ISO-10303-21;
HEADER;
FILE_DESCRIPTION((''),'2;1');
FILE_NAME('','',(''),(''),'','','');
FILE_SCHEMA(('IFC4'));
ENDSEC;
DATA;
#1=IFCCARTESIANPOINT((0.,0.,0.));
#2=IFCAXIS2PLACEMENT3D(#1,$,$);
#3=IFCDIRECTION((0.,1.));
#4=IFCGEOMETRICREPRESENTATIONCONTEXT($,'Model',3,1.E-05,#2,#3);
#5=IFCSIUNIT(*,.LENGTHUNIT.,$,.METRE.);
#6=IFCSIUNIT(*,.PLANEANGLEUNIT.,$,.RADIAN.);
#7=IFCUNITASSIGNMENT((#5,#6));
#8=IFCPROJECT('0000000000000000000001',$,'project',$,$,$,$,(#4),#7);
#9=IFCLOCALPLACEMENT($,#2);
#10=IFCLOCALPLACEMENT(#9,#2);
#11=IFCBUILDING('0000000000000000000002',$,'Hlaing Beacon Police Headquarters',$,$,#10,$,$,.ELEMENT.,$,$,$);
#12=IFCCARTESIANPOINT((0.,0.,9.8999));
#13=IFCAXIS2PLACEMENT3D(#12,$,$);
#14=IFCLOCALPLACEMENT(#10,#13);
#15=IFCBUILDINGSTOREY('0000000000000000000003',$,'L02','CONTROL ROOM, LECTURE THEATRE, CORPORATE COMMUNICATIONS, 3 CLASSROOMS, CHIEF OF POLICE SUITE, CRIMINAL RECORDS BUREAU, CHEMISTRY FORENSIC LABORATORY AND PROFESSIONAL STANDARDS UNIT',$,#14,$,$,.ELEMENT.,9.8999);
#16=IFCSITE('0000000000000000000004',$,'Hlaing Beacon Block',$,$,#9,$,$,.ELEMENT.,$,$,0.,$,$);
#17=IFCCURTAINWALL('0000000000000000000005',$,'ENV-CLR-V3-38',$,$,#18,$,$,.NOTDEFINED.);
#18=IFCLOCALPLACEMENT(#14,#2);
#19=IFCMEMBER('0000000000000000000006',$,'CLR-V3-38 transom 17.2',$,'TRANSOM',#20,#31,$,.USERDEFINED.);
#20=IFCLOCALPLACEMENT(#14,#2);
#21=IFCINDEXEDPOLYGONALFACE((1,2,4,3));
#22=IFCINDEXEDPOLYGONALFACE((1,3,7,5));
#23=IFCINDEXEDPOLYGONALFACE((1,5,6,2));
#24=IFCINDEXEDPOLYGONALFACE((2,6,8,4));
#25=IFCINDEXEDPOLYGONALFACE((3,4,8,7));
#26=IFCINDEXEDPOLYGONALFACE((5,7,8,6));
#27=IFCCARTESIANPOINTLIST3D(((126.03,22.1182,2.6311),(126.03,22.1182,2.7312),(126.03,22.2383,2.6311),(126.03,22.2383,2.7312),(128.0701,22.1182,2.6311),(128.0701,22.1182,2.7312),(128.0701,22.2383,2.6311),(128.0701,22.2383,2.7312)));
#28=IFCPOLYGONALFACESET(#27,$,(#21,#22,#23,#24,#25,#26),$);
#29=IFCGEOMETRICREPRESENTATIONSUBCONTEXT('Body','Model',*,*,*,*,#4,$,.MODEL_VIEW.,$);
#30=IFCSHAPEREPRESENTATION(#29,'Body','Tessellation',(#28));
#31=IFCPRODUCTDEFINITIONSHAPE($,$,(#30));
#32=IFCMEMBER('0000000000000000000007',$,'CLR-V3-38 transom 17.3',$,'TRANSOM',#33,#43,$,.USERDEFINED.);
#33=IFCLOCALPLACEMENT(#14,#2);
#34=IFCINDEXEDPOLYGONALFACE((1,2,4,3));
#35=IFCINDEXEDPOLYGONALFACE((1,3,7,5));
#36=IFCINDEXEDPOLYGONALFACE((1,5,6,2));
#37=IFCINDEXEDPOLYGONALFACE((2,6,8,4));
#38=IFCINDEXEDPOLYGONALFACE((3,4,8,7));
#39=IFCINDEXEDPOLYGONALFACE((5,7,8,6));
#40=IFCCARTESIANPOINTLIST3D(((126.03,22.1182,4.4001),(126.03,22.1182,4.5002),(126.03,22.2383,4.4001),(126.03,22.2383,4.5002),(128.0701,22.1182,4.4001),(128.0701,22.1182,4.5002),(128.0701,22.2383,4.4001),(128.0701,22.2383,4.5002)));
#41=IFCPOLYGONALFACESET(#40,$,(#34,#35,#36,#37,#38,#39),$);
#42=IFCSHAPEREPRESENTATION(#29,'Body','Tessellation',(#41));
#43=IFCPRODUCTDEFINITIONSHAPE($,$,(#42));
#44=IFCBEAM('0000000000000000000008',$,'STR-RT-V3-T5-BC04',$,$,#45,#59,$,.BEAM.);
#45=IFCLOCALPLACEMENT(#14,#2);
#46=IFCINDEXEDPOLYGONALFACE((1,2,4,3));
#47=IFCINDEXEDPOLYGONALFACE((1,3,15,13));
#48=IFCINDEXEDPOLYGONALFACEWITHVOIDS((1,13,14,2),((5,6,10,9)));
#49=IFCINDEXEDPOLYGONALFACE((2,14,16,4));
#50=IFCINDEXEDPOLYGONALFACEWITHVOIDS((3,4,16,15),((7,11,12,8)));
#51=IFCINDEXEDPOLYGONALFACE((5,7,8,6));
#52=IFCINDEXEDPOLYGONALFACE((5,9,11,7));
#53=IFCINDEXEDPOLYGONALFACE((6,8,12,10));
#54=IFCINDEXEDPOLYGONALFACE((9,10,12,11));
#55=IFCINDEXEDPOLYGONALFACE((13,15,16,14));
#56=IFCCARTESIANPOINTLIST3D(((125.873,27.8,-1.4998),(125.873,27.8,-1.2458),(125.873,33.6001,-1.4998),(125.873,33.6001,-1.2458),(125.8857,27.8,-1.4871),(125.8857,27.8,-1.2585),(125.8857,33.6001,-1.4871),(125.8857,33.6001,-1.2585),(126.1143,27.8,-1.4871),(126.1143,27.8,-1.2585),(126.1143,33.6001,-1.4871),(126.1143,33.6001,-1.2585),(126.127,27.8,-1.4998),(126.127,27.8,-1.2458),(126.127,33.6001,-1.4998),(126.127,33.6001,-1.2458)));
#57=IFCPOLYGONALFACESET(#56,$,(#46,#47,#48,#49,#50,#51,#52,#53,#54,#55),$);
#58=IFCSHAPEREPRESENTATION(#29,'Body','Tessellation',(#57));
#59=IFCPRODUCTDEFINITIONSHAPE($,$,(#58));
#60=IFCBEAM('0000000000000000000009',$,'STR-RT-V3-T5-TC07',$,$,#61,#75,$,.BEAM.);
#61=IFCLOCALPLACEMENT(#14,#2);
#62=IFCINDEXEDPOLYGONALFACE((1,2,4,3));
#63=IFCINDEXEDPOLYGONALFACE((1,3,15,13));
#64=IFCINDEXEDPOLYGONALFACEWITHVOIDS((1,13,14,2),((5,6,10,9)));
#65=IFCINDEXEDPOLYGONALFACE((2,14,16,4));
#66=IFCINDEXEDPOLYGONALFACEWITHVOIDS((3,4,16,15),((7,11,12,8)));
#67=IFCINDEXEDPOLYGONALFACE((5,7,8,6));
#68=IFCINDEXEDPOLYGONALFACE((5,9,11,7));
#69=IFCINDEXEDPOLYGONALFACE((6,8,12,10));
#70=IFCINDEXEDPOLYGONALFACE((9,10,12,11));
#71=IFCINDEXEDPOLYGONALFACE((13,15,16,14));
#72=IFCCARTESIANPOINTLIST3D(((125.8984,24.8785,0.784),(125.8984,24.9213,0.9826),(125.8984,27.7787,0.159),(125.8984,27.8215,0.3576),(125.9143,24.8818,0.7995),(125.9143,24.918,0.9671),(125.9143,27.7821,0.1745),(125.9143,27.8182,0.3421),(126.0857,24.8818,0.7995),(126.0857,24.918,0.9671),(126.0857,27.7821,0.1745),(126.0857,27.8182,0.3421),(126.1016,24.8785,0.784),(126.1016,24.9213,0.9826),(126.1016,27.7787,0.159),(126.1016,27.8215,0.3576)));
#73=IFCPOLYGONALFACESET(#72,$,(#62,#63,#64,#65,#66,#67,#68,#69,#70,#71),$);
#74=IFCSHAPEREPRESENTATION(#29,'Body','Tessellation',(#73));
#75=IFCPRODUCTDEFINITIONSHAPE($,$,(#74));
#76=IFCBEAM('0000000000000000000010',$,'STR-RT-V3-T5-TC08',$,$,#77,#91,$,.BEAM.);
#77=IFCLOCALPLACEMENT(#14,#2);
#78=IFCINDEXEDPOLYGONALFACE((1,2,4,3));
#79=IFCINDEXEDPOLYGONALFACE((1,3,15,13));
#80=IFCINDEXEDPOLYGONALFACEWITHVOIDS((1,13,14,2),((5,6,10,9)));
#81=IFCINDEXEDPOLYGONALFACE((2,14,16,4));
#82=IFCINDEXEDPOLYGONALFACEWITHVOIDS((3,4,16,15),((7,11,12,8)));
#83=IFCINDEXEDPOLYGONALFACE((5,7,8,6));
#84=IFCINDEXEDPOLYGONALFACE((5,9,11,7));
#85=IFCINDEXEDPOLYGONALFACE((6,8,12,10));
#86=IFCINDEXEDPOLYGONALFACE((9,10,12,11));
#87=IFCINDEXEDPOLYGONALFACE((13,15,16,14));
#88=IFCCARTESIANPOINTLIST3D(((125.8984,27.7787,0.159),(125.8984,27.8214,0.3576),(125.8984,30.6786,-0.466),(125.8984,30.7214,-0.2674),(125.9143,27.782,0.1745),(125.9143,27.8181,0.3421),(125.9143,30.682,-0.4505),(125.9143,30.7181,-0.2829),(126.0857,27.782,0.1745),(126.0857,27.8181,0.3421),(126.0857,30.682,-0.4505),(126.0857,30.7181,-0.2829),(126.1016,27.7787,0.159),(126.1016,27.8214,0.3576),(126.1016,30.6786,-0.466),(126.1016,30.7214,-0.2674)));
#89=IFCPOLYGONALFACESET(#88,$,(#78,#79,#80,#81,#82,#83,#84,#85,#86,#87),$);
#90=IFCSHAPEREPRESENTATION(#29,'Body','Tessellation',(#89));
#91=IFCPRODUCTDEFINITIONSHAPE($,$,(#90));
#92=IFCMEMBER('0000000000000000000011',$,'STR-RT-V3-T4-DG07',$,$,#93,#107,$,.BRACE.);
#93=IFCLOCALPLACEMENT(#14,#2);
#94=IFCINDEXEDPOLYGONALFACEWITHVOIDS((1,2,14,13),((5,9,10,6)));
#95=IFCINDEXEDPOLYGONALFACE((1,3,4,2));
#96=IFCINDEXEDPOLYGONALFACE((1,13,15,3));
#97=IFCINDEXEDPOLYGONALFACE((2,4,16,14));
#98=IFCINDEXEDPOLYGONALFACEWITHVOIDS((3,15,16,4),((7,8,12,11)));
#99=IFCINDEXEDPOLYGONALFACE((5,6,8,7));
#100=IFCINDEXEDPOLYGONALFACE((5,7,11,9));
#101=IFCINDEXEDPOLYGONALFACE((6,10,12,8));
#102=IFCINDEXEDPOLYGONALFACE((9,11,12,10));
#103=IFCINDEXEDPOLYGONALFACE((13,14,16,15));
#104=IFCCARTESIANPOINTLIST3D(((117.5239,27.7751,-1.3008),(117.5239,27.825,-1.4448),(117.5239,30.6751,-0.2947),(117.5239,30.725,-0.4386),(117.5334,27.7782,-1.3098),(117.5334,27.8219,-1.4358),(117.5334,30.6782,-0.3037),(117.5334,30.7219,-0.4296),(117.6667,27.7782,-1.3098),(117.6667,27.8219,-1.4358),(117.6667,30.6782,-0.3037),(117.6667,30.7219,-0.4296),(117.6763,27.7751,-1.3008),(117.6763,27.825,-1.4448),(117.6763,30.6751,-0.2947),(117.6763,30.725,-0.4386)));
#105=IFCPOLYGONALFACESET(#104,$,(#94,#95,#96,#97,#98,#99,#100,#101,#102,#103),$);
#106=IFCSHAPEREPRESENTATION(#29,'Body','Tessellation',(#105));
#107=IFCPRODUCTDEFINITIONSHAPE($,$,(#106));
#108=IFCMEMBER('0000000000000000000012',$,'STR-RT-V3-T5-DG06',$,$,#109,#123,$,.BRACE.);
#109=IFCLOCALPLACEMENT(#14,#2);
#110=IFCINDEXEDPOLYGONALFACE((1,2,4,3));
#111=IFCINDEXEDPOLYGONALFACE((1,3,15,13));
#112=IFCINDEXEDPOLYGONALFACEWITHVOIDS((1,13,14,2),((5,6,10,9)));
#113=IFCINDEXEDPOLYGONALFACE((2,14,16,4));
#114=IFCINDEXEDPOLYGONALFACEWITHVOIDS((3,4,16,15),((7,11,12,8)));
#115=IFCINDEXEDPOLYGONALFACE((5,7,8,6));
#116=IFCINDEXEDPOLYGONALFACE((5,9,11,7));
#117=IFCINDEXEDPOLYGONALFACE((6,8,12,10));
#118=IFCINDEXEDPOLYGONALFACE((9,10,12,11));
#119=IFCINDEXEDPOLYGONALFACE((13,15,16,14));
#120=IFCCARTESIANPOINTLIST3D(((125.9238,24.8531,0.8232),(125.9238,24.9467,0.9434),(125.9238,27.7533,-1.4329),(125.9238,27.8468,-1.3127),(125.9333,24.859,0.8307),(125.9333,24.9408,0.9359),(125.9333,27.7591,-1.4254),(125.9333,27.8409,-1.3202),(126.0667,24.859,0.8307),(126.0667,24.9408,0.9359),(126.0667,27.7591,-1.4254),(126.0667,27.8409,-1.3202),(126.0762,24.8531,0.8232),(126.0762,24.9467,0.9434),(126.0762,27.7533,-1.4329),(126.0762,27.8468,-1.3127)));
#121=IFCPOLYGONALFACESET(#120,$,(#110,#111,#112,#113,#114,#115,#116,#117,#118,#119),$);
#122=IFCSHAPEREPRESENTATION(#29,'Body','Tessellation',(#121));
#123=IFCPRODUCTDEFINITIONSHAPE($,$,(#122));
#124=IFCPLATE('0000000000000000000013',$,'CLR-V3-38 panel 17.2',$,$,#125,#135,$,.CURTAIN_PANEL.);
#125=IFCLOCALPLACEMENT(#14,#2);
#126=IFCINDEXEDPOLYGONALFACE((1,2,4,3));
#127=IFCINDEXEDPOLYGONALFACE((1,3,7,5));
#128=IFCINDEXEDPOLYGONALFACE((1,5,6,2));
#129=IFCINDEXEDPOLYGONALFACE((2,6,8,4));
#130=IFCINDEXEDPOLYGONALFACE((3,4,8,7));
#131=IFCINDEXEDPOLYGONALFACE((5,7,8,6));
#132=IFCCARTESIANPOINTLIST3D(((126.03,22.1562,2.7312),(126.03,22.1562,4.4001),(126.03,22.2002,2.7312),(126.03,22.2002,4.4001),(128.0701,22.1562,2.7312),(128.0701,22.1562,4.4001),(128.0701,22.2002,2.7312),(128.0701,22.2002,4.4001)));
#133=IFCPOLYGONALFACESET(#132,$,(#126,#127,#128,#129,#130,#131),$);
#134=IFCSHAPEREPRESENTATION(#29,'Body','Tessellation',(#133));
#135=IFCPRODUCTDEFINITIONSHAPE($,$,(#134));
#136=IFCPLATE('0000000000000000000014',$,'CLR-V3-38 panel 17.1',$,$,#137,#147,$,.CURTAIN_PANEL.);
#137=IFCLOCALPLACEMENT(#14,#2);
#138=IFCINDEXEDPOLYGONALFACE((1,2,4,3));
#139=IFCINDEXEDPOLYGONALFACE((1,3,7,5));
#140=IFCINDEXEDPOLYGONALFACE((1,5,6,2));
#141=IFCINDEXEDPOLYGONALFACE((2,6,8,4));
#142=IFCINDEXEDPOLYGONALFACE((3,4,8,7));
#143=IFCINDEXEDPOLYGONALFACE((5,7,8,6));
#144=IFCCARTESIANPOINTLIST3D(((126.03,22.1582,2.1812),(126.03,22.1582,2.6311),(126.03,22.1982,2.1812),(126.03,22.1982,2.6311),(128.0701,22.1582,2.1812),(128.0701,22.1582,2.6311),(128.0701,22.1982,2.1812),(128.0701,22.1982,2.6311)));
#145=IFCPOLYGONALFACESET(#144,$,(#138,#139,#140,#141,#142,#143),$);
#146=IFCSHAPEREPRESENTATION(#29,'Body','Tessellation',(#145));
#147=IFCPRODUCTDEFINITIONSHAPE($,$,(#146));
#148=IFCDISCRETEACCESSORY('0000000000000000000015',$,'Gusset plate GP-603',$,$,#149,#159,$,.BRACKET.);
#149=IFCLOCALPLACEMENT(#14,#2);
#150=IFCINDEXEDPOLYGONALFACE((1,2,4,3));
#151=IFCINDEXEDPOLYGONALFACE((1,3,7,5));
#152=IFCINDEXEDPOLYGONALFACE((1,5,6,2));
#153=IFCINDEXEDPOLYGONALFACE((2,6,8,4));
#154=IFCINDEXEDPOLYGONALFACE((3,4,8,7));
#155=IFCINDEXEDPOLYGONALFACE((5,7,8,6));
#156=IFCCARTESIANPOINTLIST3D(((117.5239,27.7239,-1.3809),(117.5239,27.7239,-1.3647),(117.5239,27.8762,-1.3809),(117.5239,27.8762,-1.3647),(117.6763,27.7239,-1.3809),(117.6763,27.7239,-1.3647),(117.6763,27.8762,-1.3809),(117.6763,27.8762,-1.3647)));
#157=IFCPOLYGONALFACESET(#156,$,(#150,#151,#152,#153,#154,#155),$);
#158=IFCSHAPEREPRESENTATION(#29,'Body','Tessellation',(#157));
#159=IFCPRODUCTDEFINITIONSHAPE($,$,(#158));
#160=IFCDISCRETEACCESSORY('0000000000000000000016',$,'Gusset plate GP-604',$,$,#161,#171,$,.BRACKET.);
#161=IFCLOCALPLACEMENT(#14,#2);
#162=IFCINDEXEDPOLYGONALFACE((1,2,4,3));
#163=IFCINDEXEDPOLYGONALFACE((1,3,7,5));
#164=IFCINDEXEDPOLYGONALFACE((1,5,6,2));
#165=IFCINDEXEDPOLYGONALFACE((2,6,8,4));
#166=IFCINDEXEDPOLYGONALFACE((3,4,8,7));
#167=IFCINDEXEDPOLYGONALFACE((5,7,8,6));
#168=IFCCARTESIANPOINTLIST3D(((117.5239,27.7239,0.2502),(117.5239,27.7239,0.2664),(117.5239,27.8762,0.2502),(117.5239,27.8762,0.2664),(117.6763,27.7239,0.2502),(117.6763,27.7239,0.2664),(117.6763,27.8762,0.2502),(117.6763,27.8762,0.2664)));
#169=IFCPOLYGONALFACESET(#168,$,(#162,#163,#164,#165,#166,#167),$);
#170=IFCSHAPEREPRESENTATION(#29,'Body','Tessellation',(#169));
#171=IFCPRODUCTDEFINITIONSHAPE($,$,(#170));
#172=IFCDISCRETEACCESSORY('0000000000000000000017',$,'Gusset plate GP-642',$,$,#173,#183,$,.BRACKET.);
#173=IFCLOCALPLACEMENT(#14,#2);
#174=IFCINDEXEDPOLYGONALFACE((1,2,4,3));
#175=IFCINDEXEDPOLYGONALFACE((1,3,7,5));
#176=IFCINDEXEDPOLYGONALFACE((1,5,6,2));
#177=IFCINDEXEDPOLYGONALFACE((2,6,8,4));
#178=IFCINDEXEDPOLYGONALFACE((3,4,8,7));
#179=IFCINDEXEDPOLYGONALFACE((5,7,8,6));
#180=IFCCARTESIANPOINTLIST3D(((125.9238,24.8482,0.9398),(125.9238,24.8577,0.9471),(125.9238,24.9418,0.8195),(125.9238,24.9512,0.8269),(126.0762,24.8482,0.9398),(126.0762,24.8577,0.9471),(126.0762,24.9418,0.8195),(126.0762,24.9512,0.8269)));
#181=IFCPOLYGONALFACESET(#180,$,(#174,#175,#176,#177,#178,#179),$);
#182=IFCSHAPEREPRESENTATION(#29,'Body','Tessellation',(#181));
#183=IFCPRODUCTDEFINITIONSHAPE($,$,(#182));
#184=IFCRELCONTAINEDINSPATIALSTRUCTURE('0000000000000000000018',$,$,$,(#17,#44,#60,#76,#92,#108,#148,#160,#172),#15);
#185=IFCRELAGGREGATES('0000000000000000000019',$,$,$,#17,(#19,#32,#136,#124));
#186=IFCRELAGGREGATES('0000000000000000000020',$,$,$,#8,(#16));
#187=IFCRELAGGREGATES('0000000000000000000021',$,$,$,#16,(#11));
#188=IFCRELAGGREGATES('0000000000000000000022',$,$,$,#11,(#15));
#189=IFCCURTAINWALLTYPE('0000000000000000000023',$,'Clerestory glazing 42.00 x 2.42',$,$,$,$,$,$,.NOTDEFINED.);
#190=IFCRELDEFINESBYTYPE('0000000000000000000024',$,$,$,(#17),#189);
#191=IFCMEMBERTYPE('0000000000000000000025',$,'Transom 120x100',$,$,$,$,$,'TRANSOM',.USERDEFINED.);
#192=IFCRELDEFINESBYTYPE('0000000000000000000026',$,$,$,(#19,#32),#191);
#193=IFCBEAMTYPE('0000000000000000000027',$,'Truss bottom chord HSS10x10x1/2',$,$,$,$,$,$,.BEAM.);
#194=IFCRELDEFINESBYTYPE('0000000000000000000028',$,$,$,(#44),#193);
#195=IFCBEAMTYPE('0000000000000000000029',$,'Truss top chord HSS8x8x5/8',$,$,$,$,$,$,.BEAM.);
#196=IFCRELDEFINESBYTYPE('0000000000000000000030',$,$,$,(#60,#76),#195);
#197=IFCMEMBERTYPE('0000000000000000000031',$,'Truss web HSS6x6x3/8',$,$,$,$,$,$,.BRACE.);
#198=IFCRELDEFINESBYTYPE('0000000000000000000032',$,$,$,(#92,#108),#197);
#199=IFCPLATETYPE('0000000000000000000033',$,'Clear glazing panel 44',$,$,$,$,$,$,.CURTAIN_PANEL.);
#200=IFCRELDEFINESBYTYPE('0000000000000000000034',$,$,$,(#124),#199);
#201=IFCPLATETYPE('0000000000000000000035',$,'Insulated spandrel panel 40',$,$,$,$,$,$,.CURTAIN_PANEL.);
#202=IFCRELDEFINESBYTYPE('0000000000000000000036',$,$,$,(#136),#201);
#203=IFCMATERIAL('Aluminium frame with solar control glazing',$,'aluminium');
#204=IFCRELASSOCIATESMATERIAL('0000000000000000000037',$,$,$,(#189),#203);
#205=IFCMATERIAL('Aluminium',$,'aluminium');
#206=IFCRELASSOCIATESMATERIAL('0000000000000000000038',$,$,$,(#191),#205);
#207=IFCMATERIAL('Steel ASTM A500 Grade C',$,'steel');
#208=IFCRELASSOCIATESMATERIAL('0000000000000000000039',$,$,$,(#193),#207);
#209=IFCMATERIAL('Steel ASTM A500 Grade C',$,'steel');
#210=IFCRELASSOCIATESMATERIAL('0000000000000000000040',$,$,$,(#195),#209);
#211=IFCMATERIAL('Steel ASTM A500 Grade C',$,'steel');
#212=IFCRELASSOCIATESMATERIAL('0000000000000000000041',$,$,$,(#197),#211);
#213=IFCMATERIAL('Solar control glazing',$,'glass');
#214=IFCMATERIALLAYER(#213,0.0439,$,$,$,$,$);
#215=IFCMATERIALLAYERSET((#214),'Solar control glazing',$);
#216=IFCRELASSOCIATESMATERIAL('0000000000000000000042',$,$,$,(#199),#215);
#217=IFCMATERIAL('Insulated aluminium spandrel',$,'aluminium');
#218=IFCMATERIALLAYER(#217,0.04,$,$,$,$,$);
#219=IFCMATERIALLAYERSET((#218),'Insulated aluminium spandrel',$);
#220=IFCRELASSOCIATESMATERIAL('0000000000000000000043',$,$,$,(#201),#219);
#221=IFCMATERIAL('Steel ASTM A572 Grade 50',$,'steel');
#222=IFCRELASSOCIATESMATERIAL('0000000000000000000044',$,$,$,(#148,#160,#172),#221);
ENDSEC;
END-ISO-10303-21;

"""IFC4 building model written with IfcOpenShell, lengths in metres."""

from ifc_helpers import new_model, si_unit, direction, frame, origin, origin_2d, place, context, subcontext, project, spatial, rectangle, hollow_rectangle, extrude, material, layer, layer_set, material_profile, profile_set, type_object, element, aggregate, save


model = new_model("IFC4")

# Units and contexts
model_context = context("Model", 3, precision=1e-05, world=origin(), true_north=direction((0.0, 1.0)))
body_context = subcontext(model_context, "Body", "Model", "MODEL_VIEW")
ifc_project = project(units=[si_unit("LENGTHUNIT", "METRE"), si_unit("PLANEANGLEUNIT", "RADIAN")], contexts=[model_context])

# Site, building, storey
site_placement = place(None, origin())
site = spatial("IfcSite", under=ifc_project, at=site_placement, Name="Hlaing Beacon Block", CompositionType="ELEMENT", RefElevation=0.0)
building_placement = place(site_placement, origin())
building = spatial("IfcBuilding", under=site, at=building_placement, Name="Hlaing Beacon Police Headquarters", CompositionType="ELEMENT")
storey_placement = place(building_placement, frame((0.0, 0.0, 9.8999)))
storey = spatial("IfcBuildingStorey", under=building, at=storey_placement, Name="L02", Description="CONTROL ROOM, LECTURE THEATRE, CORPORATE COMMUNICATIONS, 3 CLASSROOMS, CHIEF OF POLICE SUITE, CRIMINAL RECORDS BUREAU, CHEMISTRY FORENSIC LABORATORY AND PROFESSIONAL STANDARDS UNIT", CompositionType="ELEMENT", Elevation=9.8999)

# Curtain wall
ifc_material_1 = material(Name="Aluminium frame with solar control glazing", Category="aluminium")
curtain_wall_type = type_object("IfcCurtainWallType", Name="Clerestory glazing 42.00 x 2.42", PredefinedType="NOTDEFINED", material=ifc_material_1)
curtain_wall_placement = place(storey_placement, origin())
curtain_wall = element("IfcCurtainWall", 1, at=curtain_wall_placement, inside=storey, type_object=curtain_wall_type, Name="ENV-CLR-V3-38", PredefinedType="NOTDEFINED")

# Members
ifc_material_2 = material(Name="Aluminium", Category="aluminium")
ifc_material_profile_1 = material_profile(ifc_material_2, rectangle(XDim=0.1201, YDim=0.1001, at=origin_2d()), Name="Transom 120x100")
ifc_profile_set_1 = profile_set([ifc_material_profile_1], Name="Aluminium")
member_type_1 = type_object("IfcMemberType", Name="Transom 120x100", ElementType="TRANSOM", PredefinedType="USERDEFINED", material=ifc_profile_set_1)
member_1_placement = place(storey_placement, frame((126.03, 22.1782, 2.6812), z_axis=(1.0, 0.0, 0.0), x_axis=(0.0, 1.0, 0.0)))
member_1 = element("IfcMember", 2, at=member_1_placement, type_object=member_type_1, Name="CLR-V3-38 transom 17.2", ObjectType="TRANSOM", PredefinedType="USERDEFINED", context=body_context, shape_type="SweptSolid", body=[
    extrude(rectangle(XDim=0.1201, YDim=0.1001, at=origin_2d()), origin(), (0.0, 0.0, 1.0), 2.04),
])
member_2_placement = place(storey_placement, frame((126.03, 22.1782, 4.4502), z_axis=(1.0, 0.0, 0.0), x_axis=(0.0, 1.0, 0.0)))
member_2 = element("IfcMember", 3, at=member_2_placement, type_object=member_type_1, Name="CLR-V3-38 transom 17.3", ObjectType="TRANSOM", PredefinedType="USERDEFINED", context=body_context, shape_type="SweptSolid", body=[
    extrude(rectangle(XDim=0.1201, YDim=0.1001, at=origin_2d()), origin(), (0.0, 0.0, 1.0), 2.04),
])

# Beams
ifc_material_3 = material(Name="Steel ASTM A500 Grade C", Category="steel")
ifc_material_profile_2 = material_profile(ifc_material_3, hollow_rectangle(XDim=0.2539, YDim=0.2539, WallThickness=0.0127, at=origin_2d()), Name="HSS10x10x1/2")
ifc_profile_set_2 = profile_set([ifc_material_profile_2], Name="Steel ASTM A500 Grade C")
beam_type_1 = type_object("IfcBeamType", Name="Truss bottom chord HSS10x10x1/2", PredefinedType="BEAM", material=ifc_profile_set_2)
beam_1_placement = place(storey_placement, frame((126.0, 27.8, -1.3728), z_axis=(0.0, 1.0, 0.0), x_axis=(-1.0, 0.0, 0.0)))
element("IfcBeam", 4, at=beam_1_placement, inside=storey, type_object=beam_type_1, Name="STR-RT-V3-T5-BC04", PredefinedType="BEAM", context=body_context, shape_type="SweptSolid", body=[
    extrude(hollow_rectangle(XDim=0.2539, YDim=0.2539, WallThickness=0.0127, at=origin_2d()), origin(), (0.0, 0.0, 1.0), 5.8),
])
ifc_material_4 = material(Name="Steel ASTM A500 Grade C", Category="steel")
ifc_material_profile_3 = material_profile(ifc_material_4, hollow_rectangle(XDim=0.2031, YDim=0.2031, WallThickness=0.0159, at=origin_2d()), Name="HSS8x8x5/8")
ifc_profile_set_3 = profile_set([ifc_material_profile_3], Name="Steel ASTM A500 Grade C")
beam_type_2 = type_object("IfcBeamType", Name="Truss top chord HSS8x8x5/8", PredefinedType="BEAM", material=ifc_profile_set_3)
beam_2_placement = place(storey_placement, frame((126.0, 24.8999, 0.8833), z_axis=(0.0, 0.977557, -0.21067), x_axis=(-1.0, 0.0, 0.0)))
element("IfcBeam", 5, at=beam_2_placement, inside=storey, type_object=beam_type_2, Name="STR-RT-V3-T5-TC07", PredefinedType="BEAM", context=body_context, shape_type="SweptSolid", body=[
    extrude(hollow_rectangle(XDim=0.2031, YDim=0.2031, WallThickness=0.0159, at=origin_2d()), origin(), (0.0, 0.0, 1.0), 2.9668),
])
beam_3_placement = place(storey_placement, frame((126.0, 27.8, 0.2583), z_axis=(0.0, 0.977554, -0.210687), x_axis=(-1.0, 0.0, 0.0)))
element("IfcBeam", 6, at=beam_3_placement, inside=storey, type_object=beam_type_2, Name="STR-RT-V3-T5-TC08", PredefinedType="BEAM", context=body_context, shape_type="SweptSolid", body=[
    extrude(hollow_rectangle(XDim=0.2031, YDim=0.2031, WallThickness=0.0159, at=origin_2d()), origin(), (0.0, 0.0, 1.0), 2.9666),
])

# Members
ifc_material_5 = material(Name="Steel ASTM A500 Grade C", Category="steel")
ifc_material_profile_4 = material_profile(ifc_material_5, hollow_rectangle(XDim=0.1523, YDim=0.1523, WallThickness=0.0095, at=origin_2d()), Name="HSS6x6x3/8")
ifc_profile_set_4 = profile_set([ifc_material_profile_4], Name="Steel ASTM A500 Grade C")
member_type_2 = type_object("IfcMemberType", Name="Truss web HSS6x6x3/8", PredefinedType="BRACE", material=ifc_profile_set_4)
member_3_placement = place(storey_placement, frame((117.6001, 27.8, -1.3728), z_axis=(0.0, 0.944755, 0.327777), x_axis=(-1.0, 0.0, 0.0)))
element("IfcMember", 7, at=member_3_placement, inside=storey, type_object=member_type_2, Name="STR-RT-V3-T4-DG07", PredefinedType="BRACE", context=body_context, shape_type="SweptSolid", body=[
    extrude(hollow_rectangle(XDim=0.1523, YDim=0.1523, WallThickness=0.0095, at=origin_2d()), origin(), (0.0, 0.0, 1.0), 3.0696),
])
member_4_placement = place(storey_placement, frame((126.0, 24.8999, 0.8833), z_axis=(0.0, 0.789295, -0.614014), x_axis=(-1.0, 0.0, 0.0)))
element("IfcMember", 8, at=member_4_placement, inside=storey, type_object=member_type_2, Name="STR-RT-V3-T5-DG06", PredefinedType="BRACE", context=body_context, shape_type="SweptSolid", body=[
    extrude(hollow_rectangle(XDim=0.1523, YDim=0.1523, WallThickness=0.0095, at=origin_2d()), origin(), (0.0, 0.0, 1.0), 3.6743),
])

# Plates
ifc_material_6 = material(Name="Solar control glazing", Category="glass")
ifc_layer_1 = layer(ifc_material_6, 0.0439)
ifc_layer_set_1 = layer_set([ifc_layer_1], Name="Solar control glazing")
plate_type_1 = type_object("IfcPlateType", Name="Clear glazing panel 44", PredefinedType="CURTAIN_PANEL", material=ifc_layer_set_1)
plate_1_placement = place(storey_placement, frame((127.05, 22.1782, 2.7312), z_axis=(0.0, 0.0, 1.0), x_axis=(1.0, 0.0, 0.0)))
plate_1 = element("IfcPlate", 9, at=plate_1_placement, type_object=plate_type_1, Name="CLR-V3-38 panel 17.2", PredefinedType="CURTAIN_PANEL", context=body_context, shape_type="SweptSolid", body=[
    extrude(rectangle(XDim=2.04, YDim=0.0439, at=origin_2d()), origin(), (0.0, 0.0, 1.0), 1.6689),
])
ifc_material_7 = material(Name="Insulated aluminium spandrel", Category="aluminium")
ifc_layer_2 = layer(ifc_material_7, 0.04)
ifc_layer_set_2 = layer_set([ifc_layer_2], Name="Insulated aluminium spandrel")
plate_type_2 = type_object("IfcPlateType", Name="Insulated spandrel panel 40", PredefinedType="CURTAIN_PANEL", material=ifc_layer_set_2)
plate_2_placement = place(storey_placement, frame((127.05, 22.1782, 2.1812), z_axis=(0.0, 0.0, 1.0), x_axis=(1.0, 0.0, 0.0)))
plate_2 = element("IfcPlate", 10, at=plate_2_placement, type_object=plate_type_2, Name="CLR-V3-38 panel 17.1", PredefinedType="CURTAIN_PANEL", context=body_context, shape_type="SweptSolid", body=[
    extrude(rectangle(XDim=2.04, YDim=0.04, at=origin_2d()), origin(), (0.0, 0.0, 1.0), 0.45),
])
aggregate(curtain_wall, [member_1, member_2, plate_2, plate_1])

# Discrete accessories
ifc_material_8 = material(Name="Steel ASTM A572 Grade 50", Category="steel")
for number, where, z_axis, x_axis, name in (
    (11, (117.6001, 27.8, -1.3647), (0.0, 0.0, -1.0), (1.0, 0.0, 0.0), "Gusset plate GP-603"),
    (12, (117.6001, 27.8, 0.2502), (0.0, 0.0, 1.0), (1.0, 0.0, 0.0), "Gusset plate GP-604"),
):
    element("IfcDiscreteAccessory", number, at=place(storey_placement, frame(where, z_axis=z_axis, x_axis=x_axis)), inside=storey, material=ifc_material_8, Name=name, PredefinedType="BRACKET", context=body_context, shape_type="SweptSolid", body=[
        extrude(rectangle(XDim=0.1523, YDim=0.1523, at=origin_2d()), origin(), (0.0, 0.0, 1.0), 0.0161),
    ])
for number, where, z_axis, x_axis, name in (
    (13, (126.0, 24.895, 0.8796), (0.0, 0.78927, 0.614046), (-1.0, 0.0, 0.0), "Gusset plate GP-642"),
):
    element("IfcDiscreteAccessory", number, at=place(storey_placement, frame(where, z_axis=z_axis, x_axis=x_axis)), inside=storey, material=ifc_material_8, Name=name, PredefinedType="BRACKET", context=body_context, shape_type="SweptSolid", body=[
        extrude(rectangle(XDim=0.1523, YDim=0.1523, at=origin_2d()), origin(), (0.0, 0.0, 1.0), 0.012),
    ])

save(model, "model.ifc")
